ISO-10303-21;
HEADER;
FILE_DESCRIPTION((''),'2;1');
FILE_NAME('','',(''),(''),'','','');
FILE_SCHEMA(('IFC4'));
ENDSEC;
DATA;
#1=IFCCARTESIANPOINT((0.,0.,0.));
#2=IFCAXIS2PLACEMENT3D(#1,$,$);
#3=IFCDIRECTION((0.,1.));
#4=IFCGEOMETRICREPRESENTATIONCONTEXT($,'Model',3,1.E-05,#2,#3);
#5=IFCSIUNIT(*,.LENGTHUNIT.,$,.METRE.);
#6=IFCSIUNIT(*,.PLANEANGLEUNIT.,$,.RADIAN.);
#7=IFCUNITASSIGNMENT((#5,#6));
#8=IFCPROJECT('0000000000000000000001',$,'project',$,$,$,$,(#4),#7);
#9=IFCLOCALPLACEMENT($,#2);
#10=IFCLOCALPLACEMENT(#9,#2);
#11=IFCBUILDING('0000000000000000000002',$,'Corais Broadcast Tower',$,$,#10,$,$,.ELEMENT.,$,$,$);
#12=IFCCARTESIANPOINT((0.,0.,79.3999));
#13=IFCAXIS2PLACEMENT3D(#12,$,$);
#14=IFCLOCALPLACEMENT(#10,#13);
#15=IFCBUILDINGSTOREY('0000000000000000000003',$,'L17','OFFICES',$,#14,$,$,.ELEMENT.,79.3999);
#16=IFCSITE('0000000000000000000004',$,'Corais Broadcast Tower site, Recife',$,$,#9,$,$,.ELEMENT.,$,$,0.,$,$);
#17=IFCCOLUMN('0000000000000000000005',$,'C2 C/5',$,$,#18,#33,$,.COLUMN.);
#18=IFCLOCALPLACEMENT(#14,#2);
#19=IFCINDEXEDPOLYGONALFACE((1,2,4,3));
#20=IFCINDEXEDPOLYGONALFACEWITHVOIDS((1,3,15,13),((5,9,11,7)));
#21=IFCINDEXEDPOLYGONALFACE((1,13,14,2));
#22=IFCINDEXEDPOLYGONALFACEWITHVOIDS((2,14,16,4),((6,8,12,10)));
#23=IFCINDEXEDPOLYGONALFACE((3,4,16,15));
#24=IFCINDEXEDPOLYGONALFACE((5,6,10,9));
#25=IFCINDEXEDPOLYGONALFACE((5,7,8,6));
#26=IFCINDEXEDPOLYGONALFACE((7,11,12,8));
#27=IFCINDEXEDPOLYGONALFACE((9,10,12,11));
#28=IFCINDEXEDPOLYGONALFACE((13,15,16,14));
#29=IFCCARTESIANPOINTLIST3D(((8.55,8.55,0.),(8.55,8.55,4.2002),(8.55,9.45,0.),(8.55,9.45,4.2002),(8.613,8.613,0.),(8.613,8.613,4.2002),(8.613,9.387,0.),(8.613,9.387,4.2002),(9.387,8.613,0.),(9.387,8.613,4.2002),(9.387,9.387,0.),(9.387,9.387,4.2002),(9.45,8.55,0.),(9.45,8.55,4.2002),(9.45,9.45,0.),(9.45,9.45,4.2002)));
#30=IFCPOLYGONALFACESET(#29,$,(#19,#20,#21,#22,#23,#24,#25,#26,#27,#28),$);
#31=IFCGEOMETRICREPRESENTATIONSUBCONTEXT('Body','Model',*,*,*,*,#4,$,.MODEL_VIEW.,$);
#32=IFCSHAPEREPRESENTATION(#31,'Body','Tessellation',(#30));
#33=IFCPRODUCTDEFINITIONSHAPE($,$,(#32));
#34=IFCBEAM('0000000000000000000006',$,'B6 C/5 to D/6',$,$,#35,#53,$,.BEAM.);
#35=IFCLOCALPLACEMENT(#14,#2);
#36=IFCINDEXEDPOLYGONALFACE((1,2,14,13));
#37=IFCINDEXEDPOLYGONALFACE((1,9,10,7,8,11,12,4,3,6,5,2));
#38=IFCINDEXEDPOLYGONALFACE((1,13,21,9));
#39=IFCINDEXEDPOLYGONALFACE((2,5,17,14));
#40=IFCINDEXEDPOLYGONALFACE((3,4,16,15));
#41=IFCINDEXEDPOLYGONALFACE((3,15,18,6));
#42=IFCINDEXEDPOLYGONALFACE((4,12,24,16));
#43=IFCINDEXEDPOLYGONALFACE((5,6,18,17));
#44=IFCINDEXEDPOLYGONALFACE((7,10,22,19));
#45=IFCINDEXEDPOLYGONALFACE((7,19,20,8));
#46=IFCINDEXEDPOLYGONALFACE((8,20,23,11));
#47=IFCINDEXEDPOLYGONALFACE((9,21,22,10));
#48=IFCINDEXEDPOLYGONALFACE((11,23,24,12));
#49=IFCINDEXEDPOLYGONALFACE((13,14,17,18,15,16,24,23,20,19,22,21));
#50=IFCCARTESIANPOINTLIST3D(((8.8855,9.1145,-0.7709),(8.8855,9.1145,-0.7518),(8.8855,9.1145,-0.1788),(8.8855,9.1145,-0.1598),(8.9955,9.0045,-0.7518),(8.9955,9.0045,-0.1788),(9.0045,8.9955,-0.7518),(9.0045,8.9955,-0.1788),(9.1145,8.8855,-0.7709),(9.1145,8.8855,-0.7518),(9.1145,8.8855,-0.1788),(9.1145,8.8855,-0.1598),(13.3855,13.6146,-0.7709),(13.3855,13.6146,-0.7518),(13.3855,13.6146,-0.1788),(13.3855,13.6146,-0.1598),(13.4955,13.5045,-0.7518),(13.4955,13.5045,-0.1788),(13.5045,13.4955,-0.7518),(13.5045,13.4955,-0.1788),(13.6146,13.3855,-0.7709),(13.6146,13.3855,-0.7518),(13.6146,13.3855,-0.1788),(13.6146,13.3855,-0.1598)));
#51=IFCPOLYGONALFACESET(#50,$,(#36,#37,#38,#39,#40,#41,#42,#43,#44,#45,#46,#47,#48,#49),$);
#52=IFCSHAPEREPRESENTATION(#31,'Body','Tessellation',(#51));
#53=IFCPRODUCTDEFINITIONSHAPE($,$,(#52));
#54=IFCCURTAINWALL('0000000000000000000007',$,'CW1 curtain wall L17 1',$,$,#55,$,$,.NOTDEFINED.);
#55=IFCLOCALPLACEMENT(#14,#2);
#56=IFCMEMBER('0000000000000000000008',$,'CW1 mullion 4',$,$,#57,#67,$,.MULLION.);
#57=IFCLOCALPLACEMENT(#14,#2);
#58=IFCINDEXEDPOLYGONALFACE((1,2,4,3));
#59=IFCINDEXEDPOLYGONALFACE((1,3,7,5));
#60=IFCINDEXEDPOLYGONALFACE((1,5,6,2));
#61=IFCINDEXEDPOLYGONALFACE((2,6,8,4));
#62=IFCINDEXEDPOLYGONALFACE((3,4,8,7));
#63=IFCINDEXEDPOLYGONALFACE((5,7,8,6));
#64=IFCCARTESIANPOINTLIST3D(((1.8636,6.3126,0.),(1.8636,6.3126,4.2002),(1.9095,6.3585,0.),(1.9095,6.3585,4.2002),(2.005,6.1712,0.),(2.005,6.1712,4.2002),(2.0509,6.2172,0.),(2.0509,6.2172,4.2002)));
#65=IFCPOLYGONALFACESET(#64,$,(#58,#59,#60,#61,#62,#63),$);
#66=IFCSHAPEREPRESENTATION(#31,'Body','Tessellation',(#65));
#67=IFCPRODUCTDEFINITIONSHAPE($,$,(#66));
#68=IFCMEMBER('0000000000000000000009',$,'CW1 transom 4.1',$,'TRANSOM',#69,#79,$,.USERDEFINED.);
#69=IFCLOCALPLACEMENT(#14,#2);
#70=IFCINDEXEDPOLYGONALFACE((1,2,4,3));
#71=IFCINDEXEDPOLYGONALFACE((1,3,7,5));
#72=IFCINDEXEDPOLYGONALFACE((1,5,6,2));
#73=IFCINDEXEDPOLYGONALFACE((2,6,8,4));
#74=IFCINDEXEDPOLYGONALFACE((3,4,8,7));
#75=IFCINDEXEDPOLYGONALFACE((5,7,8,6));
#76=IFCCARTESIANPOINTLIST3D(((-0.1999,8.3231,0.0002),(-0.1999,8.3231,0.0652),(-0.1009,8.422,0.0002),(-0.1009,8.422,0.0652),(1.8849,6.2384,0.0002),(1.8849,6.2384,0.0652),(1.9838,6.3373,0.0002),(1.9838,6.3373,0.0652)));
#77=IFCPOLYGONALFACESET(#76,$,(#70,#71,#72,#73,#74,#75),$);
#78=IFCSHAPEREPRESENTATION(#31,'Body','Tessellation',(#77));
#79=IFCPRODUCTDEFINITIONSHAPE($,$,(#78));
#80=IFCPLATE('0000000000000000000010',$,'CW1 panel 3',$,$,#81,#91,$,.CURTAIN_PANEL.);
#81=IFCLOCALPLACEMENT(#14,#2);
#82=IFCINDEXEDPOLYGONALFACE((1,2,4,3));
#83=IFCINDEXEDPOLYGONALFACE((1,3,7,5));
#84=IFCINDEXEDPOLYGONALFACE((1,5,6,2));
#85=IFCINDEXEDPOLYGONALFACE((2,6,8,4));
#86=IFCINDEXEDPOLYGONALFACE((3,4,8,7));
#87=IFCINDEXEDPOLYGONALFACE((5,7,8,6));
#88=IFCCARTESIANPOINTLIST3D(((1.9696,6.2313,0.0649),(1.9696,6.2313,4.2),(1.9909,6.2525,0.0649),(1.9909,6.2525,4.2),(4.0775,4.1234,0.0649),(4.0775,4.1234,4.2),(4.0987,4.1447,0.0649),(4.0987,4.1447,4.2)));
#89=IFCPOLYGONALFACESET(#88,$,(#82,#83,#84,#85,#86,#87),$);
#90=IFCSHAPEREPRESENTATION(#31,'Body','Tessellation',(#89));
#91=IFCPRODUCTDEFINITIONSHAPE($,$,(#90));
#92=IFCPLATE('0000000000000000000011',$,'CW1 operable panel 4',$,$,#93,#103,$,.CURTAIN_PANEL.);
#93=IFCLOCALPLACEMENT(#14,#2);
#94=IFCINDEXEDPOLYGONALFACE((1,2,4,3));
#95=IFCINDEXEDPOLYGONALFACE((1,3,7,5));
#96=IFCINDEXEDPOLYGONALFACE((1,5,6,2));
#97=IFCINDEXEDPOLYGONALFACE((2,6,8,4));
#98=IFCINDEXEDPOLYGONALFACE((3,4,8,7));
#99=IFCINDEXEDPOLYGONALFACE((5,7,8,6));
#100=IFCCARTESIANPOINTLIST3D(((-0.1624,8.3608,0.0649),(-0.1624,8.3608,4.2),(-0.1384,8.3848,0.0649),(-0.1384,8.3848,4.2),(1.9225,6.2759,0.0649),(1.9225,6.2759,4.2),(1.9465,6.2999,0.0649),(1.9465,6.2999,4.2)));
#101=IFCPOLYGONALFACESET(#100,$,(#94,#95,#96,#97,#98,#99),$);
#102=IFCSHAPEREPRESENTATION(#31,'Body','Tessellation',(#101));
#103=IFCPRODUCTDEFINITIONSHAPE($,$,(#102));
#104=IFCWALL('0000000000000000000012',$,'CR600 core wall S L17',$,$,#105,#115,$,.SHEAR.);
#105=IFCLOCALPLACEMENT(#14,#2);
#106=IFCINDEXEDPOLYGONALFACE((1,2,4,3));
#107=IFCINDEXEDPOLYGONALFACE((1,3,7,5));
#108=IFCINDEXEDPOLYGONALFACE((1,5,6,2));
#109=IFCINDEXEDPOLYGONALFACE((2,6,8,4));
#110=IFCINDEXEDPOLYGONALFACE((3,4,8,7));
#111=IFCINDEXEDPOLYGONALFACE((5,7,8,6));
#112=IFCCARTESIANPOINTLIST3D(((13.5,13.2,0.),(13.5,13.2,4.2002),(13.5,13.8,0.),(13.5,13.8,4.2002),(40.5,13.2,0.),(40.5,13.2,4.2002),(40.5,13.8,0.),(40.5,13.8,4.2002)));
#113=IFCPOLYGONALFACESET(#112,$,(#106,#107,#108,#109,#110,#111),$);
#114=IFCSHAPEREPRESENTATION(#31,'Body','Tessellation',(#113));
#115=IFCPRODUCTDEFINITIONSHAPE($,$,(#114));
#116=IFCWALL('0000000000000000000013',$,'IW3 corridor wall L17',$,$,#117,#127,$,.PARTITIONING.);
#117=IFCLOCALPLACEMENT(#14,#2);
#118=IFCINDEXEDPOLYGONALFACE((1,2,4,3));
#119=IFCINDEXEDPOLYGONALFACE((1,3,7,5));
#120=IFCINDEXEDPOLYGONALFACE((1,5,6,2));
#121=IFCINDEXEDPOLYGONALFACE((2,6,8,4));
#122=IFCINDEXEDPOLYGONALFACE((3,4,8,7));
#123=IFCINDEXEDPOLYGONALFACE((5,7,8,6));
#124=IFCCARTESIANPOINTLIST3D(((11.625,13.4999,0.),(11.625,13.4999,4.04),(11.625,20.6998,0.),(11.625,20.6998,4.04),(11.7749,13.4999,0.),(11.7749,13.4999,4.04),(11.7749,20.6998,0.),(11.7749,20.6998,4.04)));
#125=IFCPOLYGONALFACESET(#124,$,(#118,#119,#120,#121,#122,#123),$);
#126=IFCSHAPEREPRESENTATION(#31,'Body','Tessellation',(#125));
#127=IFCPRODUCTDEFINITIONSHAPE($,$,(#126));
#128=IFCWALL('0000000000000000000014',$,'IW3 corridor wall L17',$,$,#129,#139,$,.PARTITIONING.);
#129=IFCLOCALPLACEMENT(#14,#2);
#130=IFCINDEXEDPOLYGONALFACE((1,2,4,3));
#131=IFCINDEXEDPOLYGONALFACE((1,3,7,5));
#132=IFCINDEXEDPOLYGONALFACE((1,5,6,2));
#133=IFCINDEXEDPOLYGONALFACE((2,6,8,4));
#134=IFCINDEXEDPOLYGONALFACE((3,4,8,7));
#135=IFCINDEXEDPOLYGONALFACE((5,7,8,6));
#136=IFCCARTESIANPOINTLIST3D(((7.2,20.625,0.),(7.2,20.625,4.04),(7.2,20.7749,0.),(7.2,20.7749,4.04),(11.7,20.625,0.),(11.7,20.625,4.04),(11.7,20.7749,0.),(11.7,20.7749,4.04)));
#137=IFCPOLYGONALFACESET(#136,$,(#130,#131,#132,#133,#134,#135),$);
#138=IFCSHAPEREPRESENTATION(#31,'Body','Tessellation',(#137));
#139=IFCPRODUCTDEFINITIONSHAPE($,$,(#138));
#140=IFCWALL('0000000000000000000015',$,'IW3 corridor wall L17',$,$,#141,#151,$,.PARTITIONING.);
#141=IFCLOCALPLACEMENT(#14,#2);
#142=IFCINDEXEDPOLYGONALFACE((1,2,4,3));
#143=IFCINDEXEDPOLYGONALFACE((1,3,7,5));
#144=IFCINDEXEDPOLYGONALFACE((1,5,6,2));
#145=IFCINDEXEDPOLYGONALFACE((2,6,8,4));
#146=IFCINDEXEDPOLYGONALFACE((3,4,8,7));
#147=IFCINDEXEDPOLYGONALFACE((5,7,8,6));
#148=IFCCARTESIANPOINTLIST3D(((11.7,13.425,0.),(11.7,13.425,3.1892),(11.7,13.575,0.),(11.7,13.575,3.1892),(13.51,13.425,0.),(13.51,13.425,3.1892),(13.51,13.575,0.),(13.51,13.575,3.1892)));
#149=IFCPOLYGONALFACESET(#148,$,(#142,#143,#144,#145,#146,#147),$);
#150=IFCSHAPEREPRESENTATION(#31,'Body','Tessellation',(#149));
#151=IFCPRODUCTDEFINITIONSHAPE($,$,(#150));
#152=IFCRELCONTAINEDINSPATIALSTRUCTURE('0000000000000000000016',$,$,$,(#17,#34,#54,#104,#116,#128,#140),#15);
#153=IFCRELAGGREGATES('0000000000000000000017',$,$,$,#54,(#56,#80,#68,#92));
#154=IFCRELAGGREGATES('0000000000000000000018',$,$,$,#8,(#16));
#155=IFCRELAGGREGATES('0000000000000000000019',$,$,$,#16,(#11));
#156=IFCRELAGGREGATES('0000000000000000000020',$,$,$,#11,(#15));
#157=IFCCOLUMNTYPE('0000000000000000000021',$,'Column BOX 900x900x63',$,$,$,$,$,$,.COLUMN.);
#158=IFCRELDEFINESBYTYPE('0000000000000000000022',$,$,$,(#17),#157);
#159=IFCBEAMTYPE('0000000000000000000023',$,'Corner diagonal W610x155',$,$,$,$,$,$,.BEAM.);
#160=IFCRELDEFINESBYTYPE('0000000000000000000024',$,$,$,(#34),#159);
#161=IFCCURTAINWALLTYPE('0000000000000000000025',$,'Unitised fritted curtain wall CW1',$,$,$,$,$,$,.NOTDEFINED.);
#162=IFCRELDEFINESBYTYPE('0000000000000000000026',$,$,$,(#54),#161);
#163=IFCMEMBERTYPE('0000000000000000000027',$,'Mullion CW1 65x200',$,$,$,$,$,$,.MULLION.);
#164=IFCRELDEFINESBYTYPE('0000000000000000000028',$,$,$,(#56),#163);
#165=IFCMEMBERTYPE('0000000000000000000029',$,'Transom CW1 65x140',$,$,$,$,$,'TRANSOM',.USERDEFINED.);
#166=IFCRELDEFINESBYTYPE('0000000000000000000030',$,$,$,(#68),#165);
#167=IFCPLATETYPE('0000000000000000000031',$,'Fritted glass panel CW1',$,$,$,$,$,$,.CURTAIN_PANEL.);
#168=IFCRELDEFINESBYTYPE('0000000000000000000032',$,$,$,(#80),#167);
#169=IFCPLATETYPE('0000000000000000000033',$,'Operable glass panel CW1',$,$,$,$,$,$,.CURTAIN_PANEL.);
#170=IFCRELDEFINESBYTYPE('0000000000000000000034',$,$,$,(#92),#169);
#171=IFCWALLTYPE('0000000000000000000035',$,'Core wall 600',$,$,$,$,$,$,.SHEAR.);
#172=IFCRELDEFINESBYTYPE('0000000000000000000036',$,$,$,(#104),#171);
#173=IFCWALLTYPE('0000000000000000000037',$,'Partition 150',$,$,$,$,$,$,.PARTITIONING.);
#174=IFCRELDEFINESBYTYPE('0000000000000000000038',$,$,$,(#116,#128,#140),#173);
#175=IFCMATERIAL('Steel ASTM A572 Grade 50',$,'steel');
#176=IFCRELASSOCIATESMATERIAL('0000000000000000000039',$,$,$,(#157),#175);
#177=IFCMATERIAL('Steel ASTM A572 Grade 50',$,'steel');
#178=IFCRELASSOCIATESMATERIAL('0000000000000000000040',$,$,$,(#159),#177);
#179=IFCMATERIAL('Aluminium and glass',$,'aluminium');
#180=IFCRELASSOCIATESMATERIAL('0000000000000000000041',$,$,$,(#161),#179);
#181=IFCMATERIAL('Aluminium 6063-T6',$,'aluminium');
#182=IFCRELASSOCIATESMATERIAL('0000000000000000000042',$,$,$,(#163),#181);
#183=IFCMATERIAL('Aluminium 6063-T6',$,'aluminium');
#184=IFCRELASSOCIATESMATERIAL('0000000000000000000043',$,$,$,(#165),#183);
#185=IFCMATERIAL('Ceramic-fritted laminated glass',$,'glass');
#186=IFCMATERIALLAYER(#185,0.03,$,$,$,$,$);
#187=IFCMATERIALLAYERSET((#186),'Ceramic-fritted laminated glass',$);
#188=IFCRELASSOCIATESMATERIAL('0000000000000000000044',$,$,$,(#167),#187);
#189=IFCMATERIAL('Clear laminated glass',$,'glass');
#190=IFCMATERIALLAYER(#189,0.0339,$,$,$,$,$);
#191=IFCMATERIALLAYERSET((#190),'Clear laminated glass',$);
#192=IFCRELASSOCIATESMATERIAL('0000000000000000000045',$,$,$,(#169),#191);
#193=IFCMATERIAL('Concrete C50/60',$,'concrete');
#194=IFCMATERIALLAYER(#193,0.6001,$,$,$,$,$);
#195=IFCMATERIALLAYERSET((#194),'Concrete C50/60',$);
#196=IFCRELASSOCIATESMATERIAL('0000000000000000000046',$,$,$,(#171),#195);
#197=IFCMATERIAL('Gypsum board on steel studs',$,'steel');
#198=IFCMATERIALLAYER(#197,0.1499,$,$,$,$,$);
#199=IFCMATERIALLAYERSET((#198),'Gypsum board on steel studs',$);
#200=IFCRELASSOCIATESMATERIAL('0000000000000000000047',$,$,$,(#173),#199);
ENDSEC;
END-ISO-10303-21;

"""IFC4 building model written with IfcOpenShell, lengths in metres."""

from ifc_helpers import new_model, si_unit, direction, frame, frame_2d, origin, origin_2d, place, context, subcontext, project, spatial, rectangle, hollow_rectangle, i_section, extrude, material, layer, layer_set, material_profile, profile_set, type_object, element, aggregate, save


model = new_model("IFC4")

# Units and contexts
model_context = context("Model", 3, precision=1e-05, world=origin(), true_north=direction((0.0, 1.0)))
body_context = subcontext(model_context, "Body", "Model", "MODEL_VIEW")
ifc_project = project(units=[si_unit("LENGTHUNIT", "METRE"), si_unit("PLANEANGLEUNIT", "RADIAN")], contexts=[model_context])

# Site, building, storey
site_placement = place(None, origin())
site = spatial("IfcSite", under=ifc_project, at=site_placement, Name="Corais Broadcast Tower site, Recife", CompositionType="ELEMENT", RefElevation=0.0)
building_placement = place(site_placement, origin())
building = spatial("IfcBuilding", under=site, at=building_placement, Name="Corais Broadcast Tower", CompositionType="ELEMENT")
storey_placement = place(building_placement, frame((0.0, 0.0, 79.3999)))
storey = spatial("IfcBuildingStorey", under=building, at=storey_placement, Name="L17", Description="OFFICES", CompositionType="ELEMENT", Elevation=79.3999)

# Column
ifc_material_1 = material(Name="Steel ASTM A572 Grade 50", Category="steel")
ifc_material_profile_1 = material_profile(ifc_material_1, hollow_rectangle(XDim=0.8999, YDim=0.8999, WallThickness=0.063, at=origin_2d()), Name="BOX 900x900x63")
ifc_profile_set_1 = profile_set([ifc_material_profile_1], Name="Steel ASTM A572 Grade 50")
column_type = type_object("IfcColumnType", Name="Column BOX 900x900x63", PredefinedType="COLUMN", material=ifc_profile_set_1)
column_placement = place(storey_placement, frame((9.0, 9.0, 0.0), z_axis=(0.0, 0.0, 1.0), x_axis=(1.0, 0.0, 0.0)))
element("IfcColumn", 1, at=column_placement, inside=storey, type_object=column_type, Name="C2 C/5", PredefinedType="COLUMN", context=body_context, shape_type="SweptSolid", body=[
    extrude(hollow_rectangle(XDim=0.8999, YDim=0.8999, WallThickness=0.063, at=origin_2d()), origin(), (0.0, 0.0, 1.0), 4.2002),
])

# Beam
ifc_material_2 = material(Name="Steel ASTM A572 Grade 50", Category="steel")
ifc_material_profile_2 = material_profile(ifc_material_2, i_section(OverallWidth=0.324, OverallDepth=0.6111, WebThickness=0.0127, FlangeThickness=0.019, at=origin_2d()), Name="W610x155")
ifc_profile_set_2 = profile_set([ifc_material_profile_2], Name="Steel ASTM A572 Grade 50")
beam_type = type_object("IfcBeamType", Name="Corner diagonal W610x155", PredefinedType="BEAM", material=ifc_profile_set_2)
beam_placement = place(storey_placement, frame((9.0, 9.0, -0.4653), z_axis=(0.707107, 0.707107, 0.0), x_axis=(-0.707107, 0.707107, 0.0)))
element("IfcBeam", 2, at=beam_placement, inside=storey, type_object=beam_type, Name="B6 C/5 to D/6", PredefinedType="BEAM", context=body_context, shape_type="SweptSolid", body=[
    extrude(i_section(OverallWidth=0.324, OverallDepth=0.6111, WebThickness=0.0127, FlangeThickness=0.019, at=origin_2d()), origin(), (0.0, 0.0, 1.0), 6.364),
])

# Curtain wall, members, plates
ifc_material_3 = material(Name="Aluminium and glass", Category="aluminium")
curtain_wall_type = type_object("IfcCurtainWallType", Name="Unitised fritted curtain wall CW1", PredefinedType="NOTDEFINED", material=ifc_material_3)
curtain_wall_placement = place(storey_placement, origin())
curtain_wall = element("IfcCurtainWall", 3, at=curtain_wall_placement, inside=storey, type_object=curtain_wall_type, Name="CW1 curtain wall L17 1", PredefinedType="NOTDEFINED")
ifc_material_4 = material(Name="Aluminium 6063-T6", Category="aluminium")
ifc_material_profile_3 = material_profile(ifc_material_4, rectangle(XDim=0.0649, YDim=0.2, at=origin_2d()), Name="Mullion CW1 65x200")
ifc_profile_set_3 = profile_set([ifc_material_profile_3], Name="Aluminium 6063-T6")
member_type_1 = type_object("IfcMemberType", Name="Mullion CW1 65x200", PredefinedType="MULLION", material=ifc_profile_set_3)
member_1_placement = place(storey_placement, frame((1.9573, 6.2649, 0.0), z_axis=(0.0, 0.0, 1.0), x_axis=(-0.707107, -0.707107, 0.0)))
member_1 = element("IfcMember", 4, at=member_1_placement, type_object=member_type_1, Name="CW1 mullion 4", PredefinedType="MULLION", context=body_context, shape_type="SweptSolid", body=[
    extrude(rectangle(XDim=0.0649, YDim=0.2, at=origin_2d()), origin(), (0.0, 0.0, 1.0), 4.2002),
])
ifc_material_5 = material(Name="Aluminium 6063-T6", Category="aluminium")
ifc_material_profile_4 = material_profile(ifc_material_5, rectangle(XDim=0.1399, YDim=0.0649, at=origin_2d()), Name="Transom CW1 65x140")
ifc_profile_set_4 = profile_set([ifc_material_profile_4], Name="Aluminium 6063-T6")
member_type_2 = type_object("IfcMemberType", Name="Transom CW1 65x140", ElementType="TRANSOM", PredefinedType="USERDEFINED", material=ifc_profile_set_4)
member_2_placement = place(storey_placement, frame((1.9343, 6.2878, 0.0327), z_axis=(-0.707107, 0.707107, 0.0), x_axis=(-0.707107, -0.707107, 0.0)))
member_2 = element("IfcMember", 5, at=member_2_placement, type_object=member_type_2, Name="CW1 transom 4.1", ObjectType="TRANSOM", PredefinedType="USERDEFINED", context=body_context, shape_type="SweptSolid", body=[
    extrude(rectangle(XDim=0.1399, YDim=0.0649, at=origin_2d()), origin(), (0.0, 0.0, 1.0), 2.9482),
])
ifc_material_6 = material(Name="Ceramic-fritted laminated glass", Category="glass")
ifc_layer_1 = layer(ifc_material_6, 0.03)
ifc_layer_set_1 = layer_set([ifc_layer_1], Name="Ceramic-fritted laminated glass")
plate_type_1 = type_object("IfcPlateType", Name="Fritted glass panel CW1", PredefinedType="CURTAIN_PANEL", material=ifc_layer_set_1)
plate_1_placement = place(storey_placement, frame((3.0342, 5.188, 0.0649), z_axis=(0.0, 0.0, 1.0), x_axis=(-0.707107, 0.707107, 0.0)))
plate_1 = element("IfcPlate", 6, at=plate_1_placement, type_object=plate_type_1, Name="CW1 panel 3", PredefinedType="CURTAIN_PANEL", context=body_context, shape_type="SweptSolid", body=[
    extrude(rectangle(XDim=2.981, YDim=0.03, at=origin_2d()), origin(), (0.0, 0.0, 1.0), 4.135),
])
ifc_material_7 = material(Name="Clear laminated glass", Category="glass")
ifc_layer_2 = layer(ifc_material_7, 0.0339)
ifc_layer_set_2 = layer_set([ifc_layer_2], Name="Clear laminated glass")
plate_type_2 = type_object("IfcPlateType", Name="Operable glass panel CW1", PredefinedType="CURTAIN_PANEL", material=ifc_layer_set_2)
plate_2_placement = place(storey_placement, frame((0.8921, 7.3303, 0.0649), z_axis=(0.0, 0.0, 1.0), x_axis=(-0.707107, 0.707107, 0.0)))
plate_2 = element("IfcPlate", 7, at=plate_2_placement, type_object=plate_type_2, Name="CW1 operable panel 4", PredefinedType="CURTAIN_PANEL", context=body_context, shape_type="SweptSolid", body=[
    extrude(rectangle(XDim=2.9485, YDim=0.0339, at=origin_2d()), origin(), (0.0, 0.0, 1.0), 4.135),
])
aggregate(curtain_wall, [member_1, plate_1, member_2, plate_2])

# Walls
ifc_material_8 = material(Name="Concrete C50/60", Category="concrete")
ifc_layer_3 = layer(ifc_material_8, 0.6001)
ifc_layer_set_3 = layer_set([ifc_layer_3], Name="Concrete C50/60")
wall_type_1 = type_object("IfcWallType", Name="Core wall 600", PredefinedType="SHEAR", material=ifc_layer_set_3)
wall_1_placement = place(storey_placement, frame((13.5, 13.5, 0.0), z_axis=(0.0, 0.0, 1.0), x_axis=(1.0, 0.0, 0.0)))
element("IfcWall", 8, at=wall_1_placement, inside=storey, type_object=wall_type_1, Name="CR600 core wall S L17", PredefinedType="SHEAR", context=body_context, shape_type="SweptSolid", body=[
    extrude(rectangle(XDim=27.0, YDim=0.6001, at=frame_2d((13.5, 0.0))), origin(), (0.0, 0.0, 1.0), 4.2002),
])
ifc_material_9 = material(Name="Gypsum board on steel studs", Category="steel")
ifc_layer_4 = layer(ifc_material_9, 0.1499)
ifc_layer_set_4 = layer_set([ifc_layer_4], Name="Gypsum board on steel studs")
wall_type_2 = type_object("IfcWallType", Name="Partition 150", PredefinedType="PARTITIONING", material=ifc_layer_set_4)
wall_2_placement = place(storey_placement, frame((11.7, 20.7, 0.0), z_axis=(0.0, 0.0, 1.0), x_axis=(0.0, -1.0, 0.0)))
element("IfcWall", 9, at=wall_2_placement, inside=storey, type_object=wall_type_2, Name="IW3 corridor wall L17", PredefinedType="PARTITIONING", context=body_context, shape_type="SweptSolid", body=[
    extrude(rectangle(XDim=7.2, YDim=0.1499, at=frame_2d((3.6001, 0.0))), origin(), (0.0, 0.0, 1.0), 4.04),
])
wall_3_placement = place(storey_placement, frame((7.2, 20.7, 0.0), z_axis=(0.0, 0.0, 1.0), x_axis=(1.0, 0.0, 0.0)))
element("IfcWall", 10, at=wall_3_placement, inside=storey, type_object=wall_type_2, Name="IW3 corridor wall L17", PredefinedType="PARTITIONING", context=body_context, shape_type="SweptSolid", body=[
    extrude(rectangle(XDim=4.5, YDim=0.1499, at=frame_2d((2.25, 0.0))), origin(), (0.0, 0.0, 1.0), 4.04),
])
wall_4_placement = place(storey_placement, frame((11.7, 13.5, 0.0), z_axis=(0.0, 0.0, 1.0), x_axis=(1.0, 0.0, 0.0)))
element("IfcWall", 11, at=wall_4_placement, inside=storey, type_object=wall_type_2, Name="IW3 corridor wall L17", PredefinedType="PARTITIONING", context=body_context, shape_type="SweptSolid", body=[
    extrude(rectangle(XDim=1.8101, YDim=0.1499, at=frame_2d((0.905, 0.0))), origin(), (0.0, 0.0, 1.0), 3.1892),
])

save(model, "model.ifc")
